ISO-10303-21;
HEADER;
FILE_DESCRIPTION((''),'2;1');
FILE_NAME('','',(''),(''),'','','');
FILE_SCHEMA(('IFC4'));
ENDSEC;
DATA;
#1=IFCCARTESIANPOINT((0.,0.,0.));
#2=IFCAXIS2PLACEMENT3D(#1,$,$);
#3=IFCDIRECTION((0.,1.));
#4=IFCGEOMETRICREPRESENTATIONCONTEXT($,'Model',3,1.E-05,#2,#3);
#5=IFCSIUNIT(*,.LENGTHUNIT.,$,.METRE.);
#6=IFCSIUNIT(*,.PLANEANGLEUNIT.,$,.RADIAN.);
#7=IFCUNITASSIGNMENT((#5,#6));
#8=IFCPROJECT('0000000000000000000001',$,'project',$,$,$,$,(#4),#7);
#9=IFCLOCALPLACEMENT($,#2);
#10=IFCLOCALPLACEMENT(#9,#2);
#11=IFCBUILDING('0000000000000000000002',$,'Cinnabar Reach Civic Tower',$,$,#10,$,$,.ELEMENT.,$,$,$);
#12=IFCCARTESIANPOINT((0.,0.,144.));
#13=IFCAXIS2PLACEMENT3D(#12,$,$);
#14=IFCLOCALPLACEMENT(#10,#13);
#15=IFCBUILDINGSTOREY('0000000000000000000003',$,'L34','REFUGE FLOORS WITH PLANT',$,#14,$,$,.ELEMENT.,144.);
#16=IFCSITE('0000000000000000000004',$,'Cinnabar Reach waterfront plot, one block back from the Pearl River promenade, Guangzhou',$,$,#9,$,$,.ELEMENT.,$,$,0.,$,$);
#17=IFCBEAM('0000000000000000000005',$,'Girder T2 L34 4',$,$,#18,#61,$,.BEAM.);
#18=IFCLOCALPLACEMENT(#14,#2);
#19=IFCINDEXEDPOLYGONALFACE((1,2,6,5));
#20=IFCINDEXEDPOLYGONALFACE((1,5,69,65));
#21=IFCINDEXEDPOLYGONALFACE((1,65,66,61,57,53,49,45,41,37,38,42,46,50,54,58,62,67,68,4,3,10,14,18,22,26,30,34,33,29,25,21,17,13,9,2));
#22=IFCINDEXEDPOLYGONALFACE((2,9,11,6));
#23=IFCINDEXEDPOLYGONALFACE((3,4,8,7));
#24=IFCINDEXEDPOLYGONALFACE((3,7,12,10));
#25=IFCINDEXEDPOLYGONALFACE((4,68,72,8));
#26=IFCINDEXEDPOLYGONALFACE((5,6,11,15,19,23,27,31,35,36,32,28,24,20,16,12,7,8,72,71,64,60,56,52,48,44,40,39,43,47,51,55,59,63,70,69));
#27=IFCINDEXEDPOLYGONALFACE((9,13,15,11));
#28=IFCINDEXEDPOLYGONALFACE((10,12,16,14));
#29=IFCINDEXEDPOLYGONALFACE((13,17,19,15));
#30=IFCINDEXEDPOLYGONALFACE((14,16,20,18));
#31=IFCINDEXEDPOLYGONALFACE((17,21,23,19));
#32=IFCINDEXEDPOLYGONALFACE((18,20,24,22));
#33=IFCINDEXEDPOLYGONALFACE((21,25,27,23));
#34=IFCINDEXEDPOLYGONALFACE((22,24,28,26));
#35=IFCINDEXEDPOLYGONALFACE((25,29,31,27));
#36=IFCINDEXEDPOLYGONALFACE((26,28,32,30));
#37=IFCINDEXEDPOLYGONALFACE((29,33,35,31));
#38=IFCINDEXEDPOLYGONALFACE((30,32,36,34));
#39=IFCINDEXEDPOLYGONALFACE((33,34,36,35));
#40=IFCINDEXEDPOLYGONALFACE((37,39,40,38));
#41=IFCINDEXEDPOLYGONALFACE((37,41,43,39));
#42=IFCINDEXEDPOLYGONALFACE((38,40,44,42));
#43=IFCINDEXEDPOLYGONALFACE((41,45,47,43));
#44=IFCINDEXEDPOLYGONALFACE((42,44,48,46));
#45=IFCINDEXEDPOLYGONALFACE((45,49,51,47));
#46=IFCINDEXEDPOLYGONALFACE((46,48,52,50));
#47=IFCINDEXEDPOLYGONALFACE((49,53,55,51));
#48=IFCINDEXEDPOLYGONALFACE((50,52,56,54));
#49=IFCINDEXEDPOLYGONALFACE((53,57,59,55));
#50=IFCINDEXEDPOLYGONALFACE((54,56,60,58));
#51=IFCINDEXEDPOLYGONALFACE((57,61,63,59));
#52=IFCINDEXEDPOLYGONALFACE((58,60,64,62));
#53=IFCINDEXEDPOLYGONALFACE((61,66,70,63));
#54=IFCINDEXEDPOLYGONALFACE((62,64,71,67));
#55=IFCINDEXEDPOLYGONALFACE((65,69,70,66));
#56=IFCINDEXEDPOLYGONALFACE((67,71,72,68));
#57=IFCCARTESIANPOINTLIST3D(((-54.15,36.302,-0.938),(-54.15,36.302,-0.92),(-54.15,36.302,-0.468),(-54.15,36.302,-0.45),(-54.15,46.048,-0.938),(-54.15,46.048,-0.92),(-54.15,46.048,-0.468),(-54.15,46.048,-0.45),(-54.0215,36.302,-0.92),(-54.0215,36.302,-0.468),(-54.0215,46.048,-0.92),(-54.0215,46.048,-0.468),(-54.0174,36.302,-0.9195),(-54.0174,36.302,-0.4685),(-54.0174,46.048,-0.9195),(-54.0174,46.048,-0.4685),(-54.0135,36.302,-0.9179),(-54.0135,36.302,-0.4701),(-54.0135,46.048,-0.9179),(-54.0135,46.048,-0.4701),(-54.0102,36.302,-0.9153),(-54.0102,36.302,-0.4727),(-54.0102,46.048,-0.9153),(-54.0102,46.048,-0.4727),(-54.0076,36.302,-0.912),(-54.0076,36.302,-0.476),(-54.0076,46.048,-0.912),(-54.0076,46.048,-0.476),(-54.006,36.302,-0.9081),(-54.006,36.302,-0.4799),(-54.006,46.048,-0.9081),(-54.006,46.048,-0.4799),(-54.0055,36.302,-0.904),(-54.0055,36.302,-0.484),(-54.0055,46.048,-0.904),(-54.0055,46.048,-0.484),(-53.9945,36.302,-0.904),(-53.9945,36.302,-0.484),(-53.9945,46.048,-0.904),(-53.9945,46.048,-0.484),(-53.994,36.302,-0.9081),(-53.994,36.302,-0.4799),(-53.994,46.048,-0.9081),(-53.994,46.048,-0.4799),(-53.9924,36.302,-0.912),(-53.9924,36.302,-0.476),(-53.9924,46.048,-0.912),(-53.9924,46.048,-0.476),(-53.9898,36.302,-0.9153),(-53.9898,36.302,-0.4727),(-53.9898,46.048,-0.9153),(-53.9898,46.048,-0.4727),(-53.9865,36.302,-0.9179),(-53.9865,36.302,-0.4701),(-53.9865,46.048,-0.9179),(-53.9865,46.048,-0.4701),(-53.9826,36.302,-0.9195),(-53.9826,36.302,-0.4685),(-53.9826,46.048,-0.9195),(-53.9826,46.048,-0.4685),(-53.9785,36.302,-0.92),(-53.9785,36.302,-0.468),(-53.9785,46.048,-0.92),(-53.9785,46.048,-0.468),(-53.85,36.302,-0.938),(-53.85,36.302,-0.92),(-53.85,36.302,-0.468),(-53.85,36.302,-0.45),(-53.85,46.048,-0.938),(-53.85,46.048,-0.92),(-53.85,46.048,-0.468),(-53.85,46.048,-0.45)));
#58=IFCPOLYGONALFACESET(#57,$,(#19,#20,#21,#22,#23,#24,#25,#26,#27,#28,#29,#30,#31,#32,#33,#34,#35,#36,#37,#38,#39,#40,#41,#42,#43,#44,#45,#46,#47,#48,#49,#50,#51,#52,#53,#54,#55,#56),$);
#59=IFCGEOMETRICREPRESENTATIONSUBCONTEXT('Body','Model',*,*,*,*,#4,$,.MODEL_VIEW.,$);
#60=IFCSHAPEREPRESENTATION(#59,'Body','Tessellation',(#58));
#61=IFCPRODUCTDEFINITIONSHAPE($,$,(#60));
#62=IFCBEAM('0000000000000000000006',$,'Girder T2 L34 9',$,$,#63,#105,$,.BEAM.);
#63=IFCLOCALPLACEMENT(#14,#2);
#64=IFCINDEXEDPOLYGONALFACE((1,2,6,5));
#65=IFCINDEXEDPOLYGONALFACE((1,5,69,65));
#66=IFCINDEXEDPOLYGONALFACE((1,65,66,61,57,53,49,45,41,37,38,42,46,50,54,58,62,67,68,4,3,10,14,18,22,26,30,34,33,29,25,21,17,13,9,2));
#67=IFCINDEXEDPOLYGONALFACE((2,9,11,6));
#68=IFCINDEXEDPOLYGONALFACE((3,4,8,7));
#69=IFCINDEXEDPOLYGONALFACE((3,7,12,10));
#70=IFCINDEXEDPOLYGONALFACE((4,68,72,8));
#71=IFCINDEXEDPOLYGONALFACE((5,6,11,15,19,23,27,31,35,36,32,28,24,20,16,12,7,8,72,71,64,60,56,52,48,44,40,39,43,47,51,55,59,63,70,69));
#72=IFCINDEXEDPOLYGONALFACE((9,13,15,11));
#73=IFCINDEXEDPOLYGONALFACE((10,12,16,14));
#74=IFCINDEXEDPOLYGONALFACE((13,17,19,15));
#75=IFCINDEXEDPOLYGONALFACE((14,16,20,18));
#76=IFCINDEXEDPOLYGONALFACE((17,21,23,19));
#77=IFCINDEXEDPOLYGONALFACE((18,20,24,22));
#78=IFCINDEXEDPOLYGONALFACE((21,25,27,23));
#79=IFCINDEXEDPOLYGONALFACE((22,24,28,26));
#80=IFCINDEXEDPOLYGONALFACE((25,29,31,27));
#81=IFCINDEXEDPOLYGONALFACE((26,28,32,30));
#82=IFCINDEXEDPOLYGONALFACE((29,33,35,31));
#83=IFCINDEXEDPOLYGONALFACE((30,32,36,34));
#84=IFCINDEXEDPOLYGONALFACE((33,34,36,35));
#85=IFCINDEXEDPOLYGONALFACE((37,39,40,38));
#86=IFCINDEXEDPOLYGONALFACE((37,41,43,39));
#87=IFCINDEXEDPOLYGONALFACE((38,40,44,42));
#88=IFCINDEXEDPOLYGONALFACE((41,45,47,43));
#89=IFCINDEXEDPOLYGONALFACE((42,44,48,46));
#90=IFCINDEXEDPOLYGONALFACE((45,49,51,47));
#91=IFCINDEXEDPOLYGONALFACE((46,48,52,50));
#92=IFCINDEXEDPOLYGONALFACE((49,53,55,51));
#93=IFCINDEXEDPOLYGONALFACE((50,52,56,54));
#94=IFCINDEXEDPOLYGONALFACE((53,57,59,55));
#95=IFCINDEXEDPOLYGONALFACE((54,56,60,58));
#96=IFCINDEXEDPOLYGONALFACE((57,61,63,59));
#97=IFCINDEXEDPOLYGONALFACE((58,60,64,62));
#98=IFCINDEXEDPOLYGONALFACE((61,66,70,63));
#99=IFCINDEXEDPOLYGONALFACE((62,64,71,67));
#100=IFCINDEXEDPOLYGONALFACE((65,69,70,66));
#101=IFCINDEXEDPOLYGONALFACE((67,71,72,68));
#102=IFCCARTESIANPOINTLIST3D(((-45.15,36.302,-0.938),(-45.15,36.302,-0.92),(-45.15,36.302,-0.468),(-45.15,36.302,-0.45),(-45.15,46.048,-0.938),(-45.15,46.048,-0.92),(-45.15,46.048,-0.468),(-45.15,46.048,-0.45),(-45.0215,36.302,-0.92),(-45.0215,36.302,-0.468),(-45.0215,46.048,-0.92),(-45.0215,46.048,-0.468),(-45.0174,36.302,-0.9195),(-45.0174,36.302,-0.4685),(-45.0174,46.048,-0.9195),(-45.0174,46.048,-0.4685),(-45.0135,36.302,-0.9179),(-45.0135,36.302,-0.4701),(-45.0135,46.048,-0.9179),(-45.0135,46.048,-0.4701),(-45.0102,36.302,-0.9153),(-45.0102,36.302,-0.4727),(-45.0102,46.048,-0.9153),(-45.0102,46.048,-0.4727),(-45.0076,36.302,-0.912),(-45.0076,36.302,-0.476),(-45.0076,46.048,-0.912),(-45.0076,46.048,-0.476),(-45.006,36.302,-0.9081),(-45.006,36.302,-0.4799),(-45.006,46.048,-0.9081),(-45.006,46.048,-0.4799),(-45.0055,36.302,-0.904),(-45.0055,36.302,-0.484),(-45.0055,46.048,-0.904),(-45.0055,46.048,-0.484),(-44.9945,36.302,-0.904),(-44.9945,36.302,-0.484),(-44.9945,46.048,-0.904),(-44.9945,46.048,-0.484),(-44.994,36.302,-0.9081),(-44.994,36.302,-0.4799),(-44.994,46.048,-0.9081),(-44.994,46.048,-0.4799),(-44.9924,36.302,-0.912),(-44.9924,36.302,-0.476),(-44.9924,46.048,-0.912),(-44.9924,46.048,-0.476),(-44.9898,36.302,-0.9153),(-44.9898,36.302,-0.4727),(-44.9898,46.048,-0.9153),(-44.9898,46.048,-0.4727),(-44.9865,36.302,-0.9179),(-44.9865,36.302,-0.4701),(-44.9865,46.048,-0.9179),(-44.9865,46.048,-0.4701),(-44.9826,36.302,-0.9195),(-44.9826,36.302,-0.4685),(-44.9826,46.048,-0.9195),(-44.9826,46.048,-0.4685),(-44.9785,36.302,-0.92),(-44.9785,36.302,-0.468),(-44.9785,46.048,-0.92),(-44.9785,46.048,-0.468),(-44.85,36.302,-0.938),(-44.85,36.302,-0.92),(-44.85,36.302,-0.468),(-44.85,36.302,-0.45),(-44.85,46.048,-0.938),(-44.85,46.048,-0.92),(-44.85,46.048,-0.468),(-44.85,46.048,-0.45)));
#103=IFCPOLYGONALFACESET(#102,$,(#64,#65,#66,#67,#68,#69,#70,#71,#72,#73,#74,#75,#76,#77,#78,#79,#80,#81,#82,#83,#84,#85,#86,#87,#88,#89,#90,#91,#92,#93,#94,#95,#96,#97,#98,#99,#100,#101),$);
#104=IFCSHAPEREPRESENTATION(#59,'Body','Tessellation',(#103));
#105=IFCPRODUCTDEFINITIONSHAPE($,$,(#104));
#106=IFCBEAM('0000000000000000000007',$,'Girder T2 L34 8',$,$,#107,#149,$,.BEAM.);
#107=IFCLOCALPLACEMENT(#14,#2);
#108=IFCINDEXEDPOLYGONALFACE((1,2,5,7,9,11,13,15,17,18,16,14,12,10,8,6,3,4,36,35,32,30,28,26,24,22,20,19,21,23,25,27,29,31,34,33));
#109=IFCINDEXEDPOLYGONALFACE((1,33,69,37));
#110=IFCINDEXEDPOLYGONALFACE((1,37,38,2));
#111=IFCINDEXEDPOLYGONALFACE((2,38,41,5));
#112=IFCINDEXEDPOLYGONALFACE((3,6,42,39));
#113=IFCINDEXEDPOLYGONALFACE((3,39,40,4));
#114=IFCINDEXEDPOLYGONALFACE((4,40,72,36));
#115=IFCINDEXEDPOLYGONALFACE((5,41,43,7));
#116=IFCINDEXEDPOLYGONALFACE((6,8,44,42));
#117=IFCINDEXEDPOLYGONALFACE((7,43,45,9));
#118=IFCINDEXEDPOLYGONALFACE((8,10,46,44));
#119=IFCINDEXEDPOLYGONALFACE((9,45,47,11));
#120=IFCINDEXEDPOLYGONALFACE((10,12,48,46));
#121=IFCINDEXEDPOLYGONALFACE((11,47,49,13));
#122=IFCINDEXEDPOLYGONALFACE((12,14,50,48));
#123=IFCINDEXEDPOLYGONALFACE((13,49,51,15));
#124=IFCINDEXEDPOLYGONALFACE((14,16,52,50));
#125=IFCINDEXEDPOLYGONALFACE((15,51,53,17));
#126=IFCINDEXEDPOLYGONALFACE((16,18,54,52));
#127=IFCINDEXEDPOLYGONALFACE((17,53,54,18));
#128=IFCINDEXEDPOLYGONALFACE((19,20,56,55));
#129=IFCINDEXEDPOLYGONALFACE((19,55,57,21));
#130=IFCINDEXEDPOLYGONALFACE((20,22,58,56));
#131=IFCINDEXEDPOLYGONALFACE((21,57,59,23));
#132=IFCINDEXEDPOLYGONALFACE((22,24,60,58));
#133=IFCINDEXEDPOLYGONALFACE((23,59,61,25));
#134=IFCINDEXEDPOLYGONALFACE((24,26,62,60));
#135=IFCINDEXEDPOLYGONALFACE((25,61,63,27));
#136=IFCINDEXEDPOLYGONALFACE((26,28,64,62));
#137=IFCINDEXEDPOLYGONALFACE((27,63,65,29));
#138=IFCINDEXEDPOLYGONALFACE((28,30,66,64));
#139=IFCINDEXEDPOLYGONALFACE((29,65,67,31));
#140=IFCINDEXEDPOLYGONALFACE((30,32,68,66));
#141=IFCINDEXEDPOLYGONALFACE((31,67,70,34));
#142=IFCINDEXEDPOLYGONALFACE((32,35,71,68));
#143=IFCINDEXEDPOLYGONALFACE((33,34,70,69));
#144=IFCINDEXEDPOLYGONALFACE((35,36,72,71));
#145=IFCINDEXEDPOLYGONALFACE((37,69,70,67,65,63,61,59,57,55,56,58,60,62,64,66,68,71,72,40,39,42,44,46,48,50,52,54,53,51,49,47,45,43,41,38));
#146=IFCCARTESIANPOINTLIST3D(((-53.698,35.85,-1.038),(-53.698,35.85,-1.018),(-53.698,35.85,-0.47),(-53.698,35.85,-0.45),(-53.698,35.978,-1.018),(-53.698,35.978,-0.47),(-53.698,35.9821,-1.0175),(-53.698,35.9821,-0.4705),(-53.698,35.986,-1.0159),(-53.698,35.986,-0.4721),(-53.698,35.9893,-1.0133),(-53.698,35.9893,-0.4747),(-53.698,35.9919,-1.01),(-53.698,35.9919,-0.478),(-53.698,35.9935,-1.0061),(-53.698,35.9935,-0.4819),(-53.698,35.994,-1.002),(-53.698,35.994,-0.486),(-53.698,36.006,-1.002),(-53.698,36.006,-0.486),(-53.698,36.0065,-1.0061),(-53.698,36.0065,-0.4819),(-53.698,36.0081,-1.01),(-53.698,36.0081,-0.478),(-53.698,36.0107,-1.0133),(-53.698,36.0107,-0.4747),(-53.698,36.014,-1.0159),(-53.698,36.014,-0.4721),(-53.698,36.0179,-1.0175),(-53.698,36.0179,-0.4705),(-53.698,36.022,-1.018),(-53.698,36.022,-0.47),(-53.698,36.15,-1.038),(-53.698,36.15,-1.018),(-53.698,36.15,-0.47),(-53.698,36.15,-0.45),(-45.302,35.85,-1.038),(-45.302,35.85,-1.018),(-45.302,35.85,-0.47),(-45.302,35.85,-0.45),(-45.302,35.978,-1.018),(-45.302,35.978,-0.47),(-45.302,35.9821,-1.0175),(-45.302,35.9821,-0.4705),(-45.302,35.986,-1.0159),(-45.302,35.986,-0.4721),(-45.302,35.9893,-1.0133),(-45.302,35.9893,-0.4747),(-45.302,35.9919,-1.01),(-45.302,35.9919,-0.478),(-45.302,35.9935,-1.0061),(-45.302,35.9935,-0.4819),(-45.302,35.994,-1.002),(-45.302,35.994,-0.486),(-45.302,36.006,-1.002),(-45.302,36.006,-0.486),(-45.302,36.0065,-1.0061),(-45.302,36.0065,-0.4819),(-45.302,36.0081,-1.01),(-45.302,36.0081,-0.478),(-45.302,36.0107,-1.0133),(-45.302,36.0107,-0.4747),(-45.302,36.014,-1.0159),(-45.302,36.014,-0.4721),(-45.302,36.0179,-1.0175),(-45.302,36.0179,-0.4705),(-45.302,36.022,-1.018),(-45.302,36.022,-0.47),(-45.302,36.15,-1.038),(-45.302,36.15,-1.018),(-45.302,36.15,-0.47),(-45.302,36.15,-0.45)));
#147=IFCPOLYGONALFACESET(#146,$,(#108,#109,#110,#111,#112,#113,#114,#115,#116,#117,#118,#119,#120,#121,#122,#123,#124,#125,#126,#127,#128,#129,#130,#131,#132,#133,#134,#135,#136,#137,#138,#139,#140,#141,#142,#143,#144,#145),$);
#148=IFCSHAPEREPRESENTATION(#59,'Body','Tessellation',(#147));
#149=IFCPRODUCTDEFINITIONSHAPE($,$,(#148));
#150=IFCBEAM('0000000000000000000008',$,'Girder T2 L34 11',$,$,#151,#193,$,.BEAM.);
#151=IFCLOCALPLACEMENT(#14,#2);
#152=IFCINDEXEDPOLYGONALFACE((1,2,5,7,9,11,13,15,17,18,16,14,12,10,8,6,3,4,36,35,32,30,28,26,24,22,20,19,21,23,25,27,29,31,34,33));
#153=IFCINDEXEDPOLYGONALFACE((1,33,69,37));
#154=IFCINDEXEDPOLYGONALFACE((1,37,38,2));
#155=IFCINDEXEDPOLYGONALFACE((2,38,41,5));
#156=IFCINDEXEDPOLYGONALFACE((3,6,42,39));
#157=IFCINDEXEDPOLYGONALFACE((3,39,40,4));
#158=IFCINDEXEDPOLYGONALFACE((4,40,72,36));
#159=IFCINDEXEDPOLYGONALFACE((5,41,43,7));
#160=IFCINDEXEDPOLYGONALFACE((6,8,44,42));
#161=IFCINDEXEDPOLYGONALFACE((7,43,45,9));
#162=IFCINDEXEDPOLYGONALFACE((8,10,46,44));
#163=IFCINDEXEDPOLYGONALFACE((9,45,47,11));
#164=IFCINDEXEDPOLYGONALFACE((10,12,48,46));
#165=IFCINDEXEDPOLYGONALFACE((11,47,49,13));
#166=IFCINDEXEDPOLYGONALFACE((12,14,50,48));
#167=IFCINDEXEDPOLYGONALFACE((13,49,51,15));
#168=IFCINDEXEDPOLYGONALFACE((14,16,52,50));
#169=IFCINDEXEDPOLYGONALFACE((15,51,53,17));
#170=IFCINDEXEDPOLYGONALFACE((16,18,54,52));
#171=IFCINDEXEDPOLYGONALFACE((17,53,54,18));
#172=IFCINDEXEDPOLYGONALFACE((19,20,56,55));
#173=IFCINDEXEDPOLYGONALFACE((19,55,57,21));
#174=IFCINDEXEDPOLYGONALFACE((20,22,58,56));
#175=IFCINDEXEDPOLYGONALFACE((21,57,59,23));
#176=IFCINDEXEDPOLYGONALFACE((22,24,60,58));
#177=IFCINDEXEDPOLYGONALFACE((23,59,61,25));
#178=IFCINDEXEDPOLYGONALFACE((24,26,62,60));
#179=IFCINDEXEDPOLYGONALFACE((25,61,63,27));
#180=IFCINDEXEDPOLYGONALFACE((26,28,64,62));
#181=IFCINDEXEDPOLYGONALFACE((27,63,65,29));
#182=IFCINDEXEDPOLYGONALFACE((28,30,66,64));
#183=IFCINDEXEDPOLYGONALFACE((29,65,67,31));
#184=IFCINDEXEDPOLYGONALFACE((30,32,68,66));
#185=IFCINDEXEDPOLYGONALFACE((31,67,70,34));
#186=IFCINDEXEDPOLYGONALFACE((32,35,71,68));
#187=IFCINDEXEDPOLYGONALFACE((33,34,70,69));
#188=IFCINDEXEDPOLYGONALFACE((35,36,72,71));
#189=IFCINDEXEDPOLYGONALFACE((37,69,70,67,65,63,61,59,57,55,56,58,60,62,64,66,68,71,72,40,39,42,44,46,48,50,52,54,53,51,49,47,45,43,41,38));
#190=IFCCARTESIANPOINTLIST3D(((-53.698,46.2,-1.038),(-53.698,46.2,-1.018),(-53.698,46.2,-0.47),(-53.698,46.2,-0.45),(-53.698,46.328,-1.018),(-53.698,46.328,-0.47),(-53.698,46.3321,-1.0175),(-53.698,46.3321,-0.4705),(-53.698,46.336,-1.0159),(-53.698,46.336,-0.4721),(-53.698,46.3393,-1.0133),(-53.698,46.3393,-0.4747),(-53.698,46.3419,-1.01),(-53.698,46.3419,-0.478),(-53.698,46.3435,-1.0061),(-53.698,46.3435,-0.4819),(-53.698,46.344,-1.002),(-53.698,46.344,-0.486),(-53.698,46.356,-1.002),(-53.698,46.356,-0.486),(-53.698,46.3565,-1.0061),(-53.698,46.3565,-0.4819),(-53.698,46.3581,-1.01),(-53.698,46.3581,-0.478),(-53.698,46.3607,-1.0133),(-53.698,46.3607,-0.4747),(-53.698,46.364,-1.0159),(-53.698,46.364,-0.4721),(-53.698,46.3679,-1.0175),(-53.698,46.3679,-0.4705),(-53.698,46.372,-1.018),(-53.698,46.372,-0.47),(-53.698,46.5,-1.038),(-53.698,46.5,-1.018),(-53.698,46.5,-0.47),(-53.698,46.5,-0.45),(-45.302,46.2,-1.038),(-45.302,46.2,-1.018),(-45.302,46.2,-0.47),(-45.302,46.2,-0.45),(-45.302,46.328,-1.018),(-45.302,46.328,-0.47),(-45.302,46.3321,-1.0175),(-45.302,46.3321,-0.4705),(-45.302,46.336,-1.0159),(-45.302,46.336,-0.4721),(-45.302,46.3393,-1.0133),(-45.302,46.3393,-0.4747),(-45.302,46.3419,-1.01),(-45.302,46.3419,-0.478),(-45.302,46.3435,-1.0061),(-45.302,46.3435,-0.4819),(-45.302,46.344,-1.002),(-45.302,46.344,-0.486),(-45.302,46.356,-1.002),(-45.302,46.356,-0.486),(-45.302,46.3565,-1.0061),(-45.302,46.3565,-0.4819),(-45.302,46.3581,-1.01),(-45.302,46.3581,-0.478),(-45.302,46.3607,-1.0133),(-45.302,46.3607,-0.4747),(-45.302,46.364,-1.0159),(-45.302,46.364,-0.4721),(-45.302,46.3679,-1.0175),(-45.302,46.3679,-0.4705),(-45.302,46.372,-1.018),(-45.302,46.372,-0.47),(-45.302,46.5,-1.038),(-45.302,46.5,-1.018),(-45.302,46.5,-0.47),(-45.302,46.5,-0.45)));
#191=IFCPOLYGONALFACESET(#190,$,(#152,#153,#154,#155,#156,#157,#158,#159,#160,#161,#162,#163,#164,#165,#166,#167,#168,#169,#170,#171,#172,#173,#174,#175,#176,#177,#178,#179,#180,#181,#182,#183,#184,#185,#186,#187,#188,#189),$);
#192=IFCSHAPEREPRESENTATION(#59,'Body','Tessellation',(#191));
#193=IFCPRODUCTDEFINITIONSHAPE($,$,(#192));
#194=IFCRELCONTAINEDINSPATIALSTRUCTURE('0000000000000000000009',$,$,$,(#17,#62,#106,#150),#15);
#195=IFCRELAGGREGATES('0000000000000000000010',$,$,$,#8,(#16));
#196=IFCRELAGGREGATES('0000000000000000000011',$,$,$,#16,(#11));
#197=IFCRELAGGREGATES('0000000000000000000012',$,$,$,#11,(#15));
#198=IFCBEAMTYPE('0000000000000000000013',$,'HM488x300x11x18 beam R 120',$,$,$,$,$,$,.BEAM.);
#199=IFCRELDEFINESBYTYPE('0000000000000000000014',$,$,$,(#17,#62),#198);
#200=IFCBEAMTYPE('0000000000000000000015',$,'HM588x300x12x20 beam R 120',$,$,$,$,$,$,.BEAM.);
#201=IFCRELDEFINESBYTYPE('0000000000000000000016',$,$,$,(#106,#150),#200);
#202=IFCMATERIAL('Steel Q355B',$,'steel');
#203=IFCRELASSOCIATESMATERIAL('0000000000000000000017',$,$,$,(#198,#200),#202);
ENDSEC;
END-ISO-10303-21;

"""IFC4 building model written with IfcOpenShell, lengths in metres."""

from ifc_helpers import new_model, si_unit, direction, frame, origin, origin_2d, place, context, subcontext, project, spatial, i_section, extrude, material, material_profile, profile_set, type_object, element, save


model = new_model("IFC4")

# Units and contexts
model_context = context("Model", 3, precision=1e-05, world=origin(), true_north=direction((0.0, 1.0)))
body_context = subcontext(model_context, "Body", "Model", "MODEL_VIEW")
ifc_project = project(units=[si_unit("LENGTHUNIT", "METRE"), si_unit("PLANEANGLEUNIT", "RADIAN")], contexts=[model_context])

# Site, building, storey
site_placement = place(None, origin())
site = spatial("IfcSite", under=ifc_project, at=site_placement, Name="Cinnabar Reach waterfront plot, one block back from the Pearl River promenade, Guangzhou", CompositionType="ELEMENT", RefElevation=0.0)
building_placement = place(site_placement, origin())
building = spatial("IfcBuilding", under=site, at=building_placement, Name="Cinnabar Reach Civic Tower", CompositionType="ELEMENT")
storey_placement = place(building_placement, frame((0.0, 0.0, 144.0)))
storey = spatial("IfcBuildingStorey", under=building, at=storey_placement, Name="L34", Description="REFUGE FLOORS WITH PLANT", CompositionType="ELEMENT", Elevation=144.0)

# Beams
ifc_material_1 = material(Name="Steel Q355B", Category="steel")
ifc_material_profile_1 = material_profile(ifc_material_1, i_section(OverallWidth=0.3, OverallDepth=0.488, WebThickness=0.011, FlangeThickness=0.018, FilletRadius=0.016, at=origin_2d()), Name="HM488x300x11x18")
ifc_profile_set_1 = profile_set([ifc_material_profile_1], Name="Steel Q355B")
beam_type_1 = type_object("IfcBeamType", Name="HM488x300x11x18 beam R 120", PredefinedType="BEAM", material=ifc_profile_set_1)
for number, where, z_axis, x_axis, name in (
    (1, (-54.0, 36.302, -0.694), (0.0, 1.0, 0.0), (-1.0, 0.0, 0.0), "Girder T2 L34 4"),
    (2, (-45.0, 36.302, -0.694), (0.0, 1.0, 0.0), (-1.0, 0.0, 0.0), "Girder T2 L34 9"),
):
    element("IfcBeam", number, at=place(storey_placement, frame(where, z_axis=z_axis, x_axis=x_axis)), inside=storey, type_object=beam_type_1, Name=name, PredefinedType="BEAM", context=body_context, shape_type="SweptSolid", body=[
        extrude(i_section(OverallWidth=0.3, OverallDepth=0.488, WebThickness=0.011, FlangeThickness=0.018, FilletRadius=0.016, at=origin_2d()), origin(), (0.0, 0.0, 1.0), 9.746),
    ])
ifc_material_profile_2 = material_profile(ifc_material_1, i_section(OverallWidth=0.3, OverallDepth=0.588, WebThickness=0.012, FlangeThickness=0.02, FilletRadius=0.016, at=origin_2d()), Name="HM588x300x12x20")
ifc_profile_set_2 = profile_set([ifc_material_profile_2], Name="Steel Q355B")
beam_type_2 = type_object("IfcBeamType", Name="HM588x300x12x20 beam R 120", PredefinedType="BEAM", material=ifc_profile_set_2)
for number, where, z_axis, x_axis, name in (
    (3, (-53.698, 36.0, -0.744), (1.0, 0.0, 0.0), (0.0, 1.0, 0.0), "Girder T2 L34 8"),
    (4, (-53.698, 46.35, -0.744), (1.0, 0.0, 0.0), (0.0, 1.0, 0.0), "Girder T2 L34 11"),
):
    element("IfcBeam", number, at=place(storey_placement, frame(where, z_axis=z_axis, x_axis=x_axis)), inside=storey, type_object=beam_type_2, Name=name, PredefinedType="BEAM", context=body_context, shape_type="SweptSolid", body=[
        extrude(i_section(OverallWidth=0.3, OverallDepth=0.588, WebThickness=0.012, FlangeThickness=0.02, FilletRadius=0.016, at=origin_2d()), origin(), (0.0, 0.0, 1.0), 8.396),
    ])

save(model, "model.ifc")
